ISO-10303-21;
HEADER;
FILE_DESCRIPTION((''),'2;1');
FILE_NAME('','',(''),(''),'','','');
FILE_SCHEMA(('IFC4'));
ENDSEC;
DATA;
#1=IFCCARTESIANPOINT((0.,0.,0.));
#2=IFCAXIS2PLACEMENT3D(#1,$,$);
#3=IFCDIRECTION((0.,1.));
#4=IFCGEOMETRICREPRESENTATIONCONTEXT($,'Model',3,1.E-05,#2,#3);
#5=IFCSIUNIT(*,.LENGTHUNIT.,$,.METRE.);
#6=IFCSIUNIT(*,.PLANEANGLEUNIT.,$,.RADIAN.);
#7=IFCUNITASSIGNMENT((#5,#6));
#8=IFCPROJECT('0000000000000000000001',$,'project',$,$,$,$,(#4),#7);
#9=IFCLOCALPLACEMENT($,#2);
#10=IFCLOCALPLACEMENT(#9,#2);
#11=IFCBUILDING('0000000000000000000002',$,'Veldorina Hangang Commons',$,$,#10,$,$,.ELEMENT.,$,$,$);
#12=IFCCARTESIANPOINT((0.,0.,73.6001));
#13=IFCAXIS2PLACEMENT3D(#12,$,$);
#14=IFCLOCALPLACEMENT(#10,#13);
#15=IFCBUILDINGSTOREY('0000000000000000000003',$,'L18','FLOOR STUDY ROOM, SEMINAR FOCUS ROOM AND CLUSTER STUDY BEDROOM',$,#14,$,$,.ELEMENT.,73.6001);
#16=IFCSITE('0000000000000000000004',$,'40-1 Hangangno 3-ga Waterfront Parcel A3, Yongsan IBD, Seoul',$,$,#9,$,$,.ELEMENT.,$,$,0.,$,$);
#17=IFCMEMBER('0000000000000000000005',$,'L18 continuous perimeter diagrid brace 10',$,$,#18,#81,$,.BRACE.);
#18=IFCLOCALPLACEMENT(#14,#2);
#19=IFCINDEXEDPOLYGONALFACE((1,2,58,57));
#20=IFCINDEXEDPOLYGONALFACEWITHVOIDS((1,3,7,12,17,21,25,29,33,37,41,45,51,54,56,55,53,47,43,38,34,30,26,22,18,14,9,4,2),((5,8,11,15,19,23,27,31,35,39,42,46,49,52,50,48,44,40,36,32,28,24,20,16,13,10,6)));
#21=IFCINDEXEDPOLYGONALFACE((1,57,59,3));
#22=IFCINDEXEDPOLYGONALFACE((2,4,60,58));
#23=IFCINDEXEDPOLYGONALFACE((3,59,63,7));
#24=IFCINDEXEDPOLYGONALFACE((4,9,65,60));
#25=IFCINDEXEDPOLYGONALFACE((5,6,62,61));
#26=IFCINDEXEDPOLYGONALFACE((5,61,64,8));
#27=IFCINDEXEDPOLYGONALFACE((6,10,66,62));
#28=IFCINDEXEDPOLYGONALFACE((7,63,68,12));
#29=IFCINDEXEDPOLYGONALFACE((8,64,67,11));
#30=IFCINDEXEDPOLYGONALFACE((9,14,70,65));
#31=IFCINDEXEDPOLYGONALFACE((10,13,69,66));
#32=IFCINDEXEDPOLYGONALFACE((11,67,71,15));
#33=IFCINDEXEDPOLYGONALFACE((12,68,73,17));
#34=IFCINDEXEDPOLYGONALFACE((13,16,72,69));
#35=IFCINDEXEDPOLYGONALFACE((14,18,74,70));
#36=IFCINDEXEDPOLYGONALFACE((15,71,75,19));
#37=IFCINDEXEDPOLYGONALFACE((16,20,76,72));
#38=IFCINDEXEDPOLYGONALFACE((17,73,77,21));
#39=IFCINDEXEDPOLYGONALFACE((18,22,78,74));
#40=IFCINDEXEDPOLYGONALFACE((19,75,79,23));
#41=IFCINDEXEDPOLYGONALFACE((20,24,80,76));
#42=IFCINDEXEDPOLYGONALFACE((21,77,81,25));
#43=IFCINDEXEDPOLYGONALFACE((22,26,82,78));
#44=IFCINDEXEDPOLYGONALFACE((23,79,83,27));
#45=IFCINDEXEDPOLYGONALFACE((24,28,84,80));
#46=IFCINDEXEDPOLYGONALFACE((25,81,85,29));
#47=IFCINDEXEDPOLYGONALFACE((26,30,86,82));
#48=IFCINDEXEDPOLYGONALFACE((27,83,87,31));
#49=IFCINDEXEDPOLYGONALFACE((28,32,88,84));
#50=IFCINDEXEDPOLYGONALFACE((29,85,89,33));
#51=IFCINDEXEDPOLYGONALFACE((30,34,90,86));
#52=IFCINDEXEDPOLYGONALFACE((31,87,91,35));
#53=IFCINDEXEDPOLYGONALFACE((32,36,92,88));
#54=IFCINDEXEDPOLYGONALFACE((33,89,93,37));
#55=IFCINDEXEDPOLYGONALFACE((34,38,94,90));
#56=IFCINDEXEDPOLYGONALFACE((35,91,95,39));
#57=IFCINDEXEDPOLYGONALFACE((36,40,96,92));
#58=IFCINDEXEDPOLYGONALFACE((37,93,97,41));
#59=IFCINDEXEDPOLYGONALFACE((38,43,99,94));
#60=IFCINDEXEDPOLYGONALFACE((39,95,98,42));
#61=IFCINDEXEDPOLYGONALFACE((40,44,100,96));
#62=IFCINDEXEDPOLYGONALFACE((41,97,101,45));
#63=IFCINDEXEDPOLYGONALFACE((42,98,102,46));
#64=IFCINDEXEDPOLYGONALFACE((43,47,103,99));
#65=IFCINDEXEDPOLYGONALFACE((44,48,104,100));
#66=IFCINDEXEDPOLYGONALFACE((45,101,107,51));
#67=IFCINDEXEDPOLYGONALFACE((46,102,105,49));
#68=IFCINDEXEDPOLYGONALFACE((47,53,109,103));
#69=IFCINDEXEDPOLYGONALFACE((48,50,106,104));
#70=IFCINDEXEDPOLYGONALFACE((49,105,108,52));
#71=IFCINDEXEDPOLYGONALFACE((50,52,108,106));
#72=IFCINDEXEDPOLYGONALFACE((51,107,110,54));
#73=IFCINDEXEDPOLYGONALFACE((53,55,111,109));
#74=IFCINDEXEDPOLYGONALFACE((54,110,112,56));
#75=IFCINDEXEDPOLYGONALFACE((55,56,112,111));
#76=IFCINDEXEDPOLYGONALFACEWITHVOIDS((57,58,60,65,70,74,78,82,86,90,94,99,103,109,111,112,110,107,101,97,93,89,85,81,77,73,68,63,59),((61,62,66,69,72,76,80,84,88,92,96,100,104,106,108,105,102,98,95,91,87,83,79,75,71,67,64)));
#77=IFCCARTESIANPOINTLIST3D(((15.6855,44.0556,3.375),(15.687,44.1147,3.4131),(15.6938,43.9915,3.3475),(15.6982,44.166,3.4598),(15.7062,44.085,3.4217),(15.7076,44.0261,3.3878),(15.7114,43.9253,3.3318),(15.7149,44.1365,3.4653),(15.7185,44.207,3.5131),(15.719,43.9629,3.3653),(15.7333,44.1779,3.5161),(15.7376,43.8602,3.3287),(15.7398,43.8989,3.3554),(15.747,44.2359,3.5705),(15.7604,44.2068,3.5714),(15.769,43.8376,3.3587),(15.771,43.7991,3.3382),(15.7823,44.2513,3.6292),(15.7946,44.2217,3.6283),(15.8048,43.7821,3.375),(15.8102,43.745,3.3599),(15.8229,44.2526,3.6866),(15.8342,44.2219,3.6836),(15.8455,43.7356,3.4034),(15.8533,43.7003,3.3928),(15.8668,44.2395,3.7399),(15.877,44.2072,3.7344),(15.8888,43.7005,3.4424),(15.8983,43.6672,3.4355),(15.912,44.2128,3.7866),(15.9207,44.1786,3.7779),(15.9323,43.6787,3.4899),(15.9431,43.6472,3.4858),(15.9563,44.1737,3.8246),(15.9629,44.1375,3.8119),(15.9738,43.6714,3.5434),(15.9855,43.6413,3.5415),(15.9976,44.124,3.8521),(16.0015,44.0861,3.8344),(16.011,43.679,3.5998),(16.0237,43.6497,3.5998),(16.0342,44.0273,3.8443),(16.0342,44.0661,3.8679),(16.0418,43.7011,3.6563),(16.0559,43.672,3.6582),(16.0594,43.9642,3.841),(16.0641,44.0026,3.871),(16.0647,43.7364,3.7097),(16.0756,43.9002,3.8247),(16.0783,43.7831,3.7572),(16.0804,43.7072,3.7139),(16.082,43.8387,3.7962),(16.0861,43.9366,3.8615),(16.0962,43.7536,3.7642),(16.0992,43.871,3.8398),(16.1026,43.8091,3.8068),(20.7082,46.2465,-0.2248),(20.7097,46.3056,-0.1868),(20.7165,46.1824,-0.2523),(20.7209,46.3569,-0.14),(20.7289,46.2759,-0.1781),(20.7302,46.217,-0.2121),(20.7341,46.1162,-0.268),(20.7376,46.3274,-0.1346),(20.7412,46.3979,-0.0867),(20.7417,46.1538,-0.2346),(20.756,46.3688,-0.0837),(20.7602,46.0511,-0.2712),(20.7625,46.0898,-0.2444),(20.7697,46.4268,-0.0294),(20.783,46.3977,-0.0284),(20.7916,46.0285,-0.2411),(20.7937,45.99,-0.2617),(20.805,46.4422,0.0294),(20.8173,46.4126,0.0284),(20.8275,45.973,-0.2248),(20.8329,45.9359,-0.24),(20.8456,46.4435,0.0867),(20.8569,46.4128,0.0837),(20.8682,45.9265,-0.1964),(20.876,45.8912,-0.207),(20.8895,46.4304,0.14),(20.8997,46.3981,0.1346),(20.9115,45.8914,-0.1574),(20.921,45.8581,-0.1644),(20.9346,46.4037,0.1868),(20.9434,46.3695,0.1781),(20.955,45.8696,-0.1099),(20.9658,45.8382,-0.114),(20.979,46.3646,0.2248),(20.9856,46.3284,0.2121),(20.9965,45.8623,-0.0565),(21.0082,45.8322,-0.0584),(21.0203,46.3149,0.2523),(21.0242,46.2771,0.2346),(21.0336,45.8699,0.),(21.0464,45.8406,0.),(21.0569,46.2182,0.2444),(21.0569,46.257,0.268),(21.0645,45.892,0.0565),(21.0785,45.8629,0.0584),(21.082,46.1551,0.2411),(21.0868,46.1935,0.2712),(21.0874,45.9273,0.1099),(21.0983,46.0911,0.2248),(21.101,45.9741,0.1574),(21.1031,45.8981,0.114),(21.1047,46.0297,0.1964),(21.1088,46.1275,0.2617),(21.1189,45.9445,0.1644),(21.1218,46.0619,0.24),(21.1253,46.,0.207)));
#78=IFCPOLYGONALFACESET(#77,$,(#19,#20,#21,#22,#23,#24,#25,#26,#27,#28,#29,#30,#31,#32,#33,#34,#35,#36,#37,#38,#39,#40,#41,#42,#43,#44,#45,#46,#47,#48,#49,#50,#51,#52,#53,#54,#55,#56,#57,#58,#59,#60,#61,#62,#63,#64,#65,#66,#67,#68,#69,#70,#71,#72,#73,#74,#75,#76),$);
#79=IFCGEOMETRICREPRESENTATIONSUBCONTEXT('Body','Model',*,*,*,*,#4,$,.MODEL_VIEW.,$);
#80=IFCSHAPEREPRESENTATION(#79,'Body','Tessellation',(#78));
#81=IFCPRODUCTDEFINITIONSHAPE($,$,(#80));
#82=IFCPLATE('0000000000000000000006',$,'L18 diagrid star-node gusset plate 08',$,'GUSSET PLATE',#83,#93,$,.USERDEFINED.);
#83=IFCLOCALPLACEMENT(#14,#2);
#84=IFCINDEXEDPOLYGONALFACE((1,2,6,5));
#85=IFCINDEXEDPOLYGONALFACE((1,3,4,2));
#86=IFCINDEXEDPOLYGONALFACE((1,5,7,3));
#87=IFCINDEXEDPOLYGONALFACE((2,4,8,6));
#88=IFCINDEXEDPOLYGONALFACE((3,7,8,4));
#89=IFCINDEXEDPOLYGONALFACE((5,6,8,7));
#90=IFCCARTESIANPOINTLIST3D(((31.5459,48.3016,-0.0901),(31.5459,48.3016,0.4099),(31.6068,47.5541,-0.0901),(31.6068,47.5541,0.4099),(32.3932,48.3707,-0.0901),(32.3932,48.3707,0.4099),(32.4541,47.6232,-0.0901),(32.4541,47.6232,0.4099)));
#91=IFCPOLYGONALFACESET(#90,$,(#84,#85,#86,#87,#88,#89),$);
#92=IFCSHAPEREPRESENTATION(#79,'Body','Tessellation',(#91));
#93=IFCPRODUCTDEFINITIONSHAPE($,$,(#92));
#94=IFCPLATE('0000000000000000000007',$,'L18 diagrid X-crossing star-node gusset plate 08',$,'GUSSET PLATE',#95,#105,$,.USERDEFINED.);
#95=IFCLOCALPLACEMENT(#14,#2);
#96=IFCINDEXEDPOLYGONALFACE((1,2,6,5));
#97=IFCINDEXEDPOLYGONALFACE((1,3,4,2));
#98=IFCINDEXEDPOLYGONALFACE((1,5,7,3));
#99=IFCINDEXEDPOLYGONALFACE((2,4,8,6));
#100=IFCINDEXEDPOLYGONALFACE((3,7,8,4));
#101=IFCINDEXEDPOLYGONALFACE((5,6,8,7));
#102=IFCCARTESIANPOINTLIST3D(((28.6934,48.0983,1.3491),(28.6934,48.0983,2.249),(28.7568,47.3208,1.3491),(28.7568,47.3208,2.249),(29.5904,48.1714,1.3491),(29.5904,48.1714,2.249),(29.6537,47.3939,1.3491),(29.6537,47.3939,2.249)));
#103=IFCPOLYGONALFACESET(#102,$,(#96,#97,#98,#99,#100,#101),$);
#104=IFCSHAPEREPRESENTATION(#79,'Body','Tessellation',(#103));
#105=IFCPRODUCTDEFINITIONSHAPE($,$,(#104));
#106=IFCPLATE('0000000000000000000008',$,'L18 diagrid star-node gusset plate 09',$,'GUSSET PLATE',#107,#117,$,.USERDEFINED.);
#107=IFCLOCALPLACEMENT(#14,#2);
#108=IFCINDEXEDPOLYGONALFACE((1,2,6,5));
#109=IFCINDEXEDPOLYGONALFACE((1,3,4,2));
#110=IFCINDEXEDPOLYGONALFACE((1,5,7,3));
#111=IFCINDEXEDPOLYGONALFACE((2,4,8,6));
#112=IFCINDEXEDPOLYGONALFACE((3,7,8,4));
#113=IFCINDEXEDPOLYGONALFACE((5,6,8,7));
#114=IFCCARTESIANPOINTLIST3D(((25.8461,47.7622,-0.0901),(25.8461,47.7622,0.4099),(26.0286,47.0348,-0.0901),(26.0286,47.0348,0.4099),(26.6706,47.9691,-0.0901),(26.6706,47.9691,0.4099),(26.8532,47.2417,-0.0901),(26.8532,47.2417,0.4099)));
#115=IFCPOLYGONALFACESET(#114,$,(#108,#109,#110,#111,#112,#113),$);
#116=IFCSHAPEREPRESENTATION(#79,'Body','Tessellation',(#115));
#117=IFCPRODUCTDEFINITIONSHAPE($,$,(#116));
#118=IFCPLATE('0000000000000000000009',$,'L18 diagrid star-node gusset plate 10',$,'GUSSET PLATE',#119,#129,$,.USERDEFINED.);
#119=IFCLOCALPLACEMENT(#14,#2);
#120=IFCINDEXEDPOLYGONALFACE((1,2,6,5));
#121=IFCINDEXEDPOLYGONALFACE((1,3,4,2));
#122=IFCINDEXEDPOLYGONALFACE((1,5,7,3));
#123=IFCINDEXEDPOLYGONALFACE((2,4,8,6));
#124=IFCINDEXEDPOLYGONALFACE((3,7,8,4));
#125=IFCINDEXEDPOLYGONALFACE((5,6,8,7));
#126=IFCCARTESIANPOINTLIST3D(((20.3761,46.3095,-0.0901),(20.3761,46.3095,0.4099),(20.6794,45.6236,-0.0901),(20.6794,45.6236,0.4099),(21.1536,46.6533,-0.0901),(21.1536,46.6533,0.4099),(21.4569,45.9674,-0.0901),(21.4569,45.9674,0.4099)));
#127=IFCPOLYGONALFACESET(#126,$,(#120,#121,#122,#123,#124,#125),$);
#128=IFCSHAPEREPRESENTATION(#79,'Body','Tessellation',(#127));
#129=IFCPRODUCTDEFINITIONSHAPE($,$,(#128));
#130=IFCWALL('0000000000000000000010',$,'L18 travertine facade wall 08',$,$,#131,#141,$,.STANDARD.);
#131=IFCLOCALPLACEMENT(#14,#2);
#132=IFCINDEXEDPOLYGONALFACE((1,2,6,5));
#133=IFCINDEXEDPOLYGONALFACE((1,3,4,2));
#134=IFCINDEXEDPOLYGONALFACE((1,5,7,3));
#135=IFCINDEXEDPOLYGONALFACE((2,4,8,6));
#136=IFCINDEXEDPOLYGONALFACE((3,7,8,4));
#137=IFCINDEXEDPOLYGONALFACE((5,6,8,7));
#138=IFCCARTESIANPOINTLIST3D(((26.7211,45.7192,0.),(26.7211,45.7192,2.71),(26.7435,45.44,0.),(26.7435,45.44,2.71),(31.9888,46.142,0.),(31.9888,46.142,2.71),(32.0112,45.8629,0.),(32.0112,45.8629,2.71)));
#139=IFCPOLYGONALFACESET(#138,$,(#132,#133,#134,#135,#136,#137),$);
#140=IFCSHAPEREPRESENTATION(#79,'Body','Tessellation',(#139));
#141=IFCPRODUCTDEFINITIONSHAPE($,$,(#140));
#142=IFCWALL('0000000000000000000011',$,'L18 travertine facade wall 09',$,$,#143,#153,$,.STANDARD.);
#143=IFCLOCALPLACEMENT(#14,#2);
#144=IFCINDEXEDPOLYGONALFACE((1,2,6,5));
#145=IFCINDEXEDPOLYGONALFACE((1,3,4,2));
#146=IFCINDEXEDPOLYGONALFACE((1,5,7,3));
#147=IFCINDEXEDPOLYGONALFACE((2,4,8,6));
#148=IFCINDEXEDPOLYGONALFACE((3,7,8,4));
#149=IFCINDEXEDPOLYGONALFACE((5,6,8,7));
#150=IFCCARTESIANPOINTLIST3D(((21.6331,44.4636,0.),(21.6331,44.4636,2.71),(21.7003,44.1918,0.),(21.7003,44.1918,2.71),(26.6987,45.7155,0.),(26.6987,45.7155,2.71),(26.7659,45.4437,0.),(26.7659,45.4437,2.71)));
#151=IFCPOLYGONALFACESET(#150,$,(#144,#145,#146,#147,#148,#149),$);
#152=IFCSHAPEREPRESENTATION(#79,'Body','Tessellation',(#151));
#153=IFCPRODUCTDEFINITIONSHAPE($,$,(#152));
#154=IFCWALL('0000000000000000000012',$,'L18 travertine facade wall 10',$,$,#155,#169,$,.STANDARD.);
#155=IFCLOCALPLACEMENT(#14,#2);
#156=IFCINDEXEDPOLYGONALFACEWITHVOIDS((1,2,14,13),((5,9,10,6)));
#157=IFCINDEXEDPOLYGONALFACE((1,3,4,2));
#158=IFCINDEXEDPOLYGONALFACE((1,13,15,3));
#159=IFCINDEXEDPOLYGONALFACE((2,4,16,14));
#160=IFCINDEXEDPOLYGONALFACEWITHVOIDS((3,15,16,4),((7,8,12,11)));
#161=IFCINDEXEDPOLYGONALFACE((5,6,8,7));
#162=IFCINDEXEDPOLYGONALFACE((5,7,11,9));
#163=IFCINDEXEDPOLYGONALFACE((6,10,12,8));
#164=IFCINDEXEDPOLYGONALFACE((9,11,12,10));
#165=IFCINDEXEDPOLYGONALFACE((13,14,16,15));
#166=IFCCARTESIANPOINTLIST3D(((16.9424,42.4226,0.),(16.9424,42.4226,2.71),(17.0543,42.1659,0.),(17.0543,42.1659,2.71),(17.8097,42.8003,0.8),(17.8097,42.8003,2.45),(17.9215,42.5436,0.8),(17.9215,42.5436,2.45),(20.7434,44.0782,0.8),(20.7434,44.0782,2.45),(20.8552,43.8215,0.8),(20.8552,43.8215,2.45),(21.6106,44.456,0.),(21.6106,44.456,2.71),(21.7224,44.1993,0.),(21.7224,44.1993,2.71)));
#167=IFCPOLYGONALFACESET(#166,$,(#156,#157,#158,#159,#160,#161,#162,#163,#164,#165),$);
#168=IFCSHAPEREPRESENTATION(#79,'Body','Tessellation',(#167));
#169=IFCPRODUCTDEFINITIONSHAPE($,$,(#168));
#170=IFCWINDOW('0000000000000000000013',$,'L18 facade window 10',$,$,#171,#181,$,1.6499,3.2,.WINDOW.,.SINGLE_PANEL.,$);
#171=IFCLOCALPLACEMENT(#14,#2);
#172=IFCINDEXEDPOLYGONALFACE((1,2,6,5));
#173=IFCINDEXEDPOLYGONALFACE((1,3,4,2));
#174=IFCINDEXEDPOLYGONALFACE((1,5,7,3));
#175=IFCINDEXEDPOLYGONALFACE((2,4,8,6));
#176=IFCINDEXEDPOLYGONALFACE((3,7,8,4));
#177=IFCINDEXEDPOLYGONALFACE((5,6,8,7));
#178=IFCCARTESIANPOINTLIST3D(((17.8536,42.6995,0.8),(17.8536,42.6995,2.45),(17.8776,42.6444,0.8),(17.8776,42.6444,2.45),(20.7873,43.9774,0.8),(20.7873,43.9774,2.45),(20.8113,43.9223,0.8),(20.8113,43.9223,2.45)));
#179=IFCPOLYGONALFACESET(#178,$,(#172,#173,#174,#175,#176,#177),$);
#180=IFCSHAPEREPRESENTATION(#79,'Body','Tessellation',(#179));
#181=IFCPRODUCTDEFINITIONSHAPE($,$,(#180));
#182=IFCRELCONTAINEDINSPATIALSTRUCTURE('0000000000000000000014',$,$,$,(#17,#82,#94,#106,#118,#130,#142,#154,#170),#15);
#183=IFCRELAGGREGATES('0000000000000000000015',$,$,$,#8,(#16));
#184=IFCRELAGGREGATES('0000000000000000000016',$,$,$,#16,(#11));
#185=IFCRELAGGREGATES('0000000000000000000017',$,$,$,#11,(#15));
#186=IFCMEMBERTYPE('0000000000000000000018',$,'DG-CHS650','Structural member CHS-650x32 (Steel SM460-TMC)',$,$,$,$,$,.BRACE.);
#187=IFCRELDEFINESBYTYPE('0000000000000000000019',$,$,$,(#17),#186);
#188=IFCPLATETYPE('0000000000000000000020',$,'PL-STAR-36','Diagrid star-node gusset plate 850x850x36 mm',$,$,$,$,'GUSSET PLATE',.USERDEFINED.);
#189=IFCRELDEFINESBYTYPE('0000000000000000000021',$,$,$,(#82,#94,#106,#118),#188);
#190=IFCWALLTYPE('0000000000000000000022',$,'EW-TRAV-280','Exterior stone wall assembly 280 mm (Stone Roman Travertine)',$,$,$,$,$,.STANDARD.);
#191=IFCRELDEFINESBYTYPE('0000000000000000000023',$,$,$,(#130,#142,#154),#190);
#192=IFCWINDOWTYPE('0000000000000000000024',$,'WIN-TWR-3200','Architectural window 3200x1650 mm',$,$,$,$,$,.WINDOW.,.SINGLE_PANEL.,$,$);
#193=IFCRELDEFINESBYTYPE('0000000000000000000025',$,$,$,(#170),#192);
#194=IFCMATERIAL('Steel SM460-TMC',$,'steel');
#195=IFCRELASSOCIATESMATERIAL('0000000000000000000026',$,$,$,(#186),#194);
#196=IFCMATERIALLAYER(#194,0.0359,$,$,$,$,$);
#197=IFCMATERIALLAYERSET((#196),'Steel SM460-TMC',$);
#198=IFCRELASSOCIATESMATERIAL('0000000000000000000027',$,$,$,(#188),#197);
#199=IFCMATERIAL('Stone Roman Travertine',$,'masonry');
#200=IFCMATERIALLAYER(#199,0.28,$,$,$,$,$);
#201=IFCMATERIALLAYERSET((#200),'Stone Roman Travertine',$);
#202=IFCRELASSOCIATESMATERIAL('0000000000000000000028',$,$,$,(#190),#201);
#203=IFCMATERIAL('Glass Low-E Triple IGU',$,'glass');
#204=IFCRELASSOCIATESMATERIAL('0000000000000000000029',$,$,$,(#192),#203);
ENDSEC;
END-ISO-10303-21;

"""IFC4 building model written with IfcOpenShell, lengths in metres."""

from ifc_helpers import new_model, si_unit, direction, frame, frame_2d, origin, origin_2d, place, context, subcontext, project, spatial, rectangle, hollow_circle, extrude, material, layer, layer_set, material_profile, profile_set, type_object, element, fill, save


model = new_model("IFC4")

# Units and contexts
model_context = context("Model", 3, precision=1e-05, world=origin(), true_north=direction((0.0, 1.0)))
body_context = subcontext(model_context, "Body", "Model", "MODEL_VIEW")
ifc_project = project(units=[si_unit("LENGTHUNIT", "METRE"), si_unit("PLANEANGLEUNIT", "RADIAN")], contexts=[model_context])

# Site, building, storey
site_placement = place(None, origin())
site = spatial("IfcSite", under=ifc_project, at=site_placement, Name="40-1 Hangangno 3-ga Waterfront Parcel A3, Yongsan IBD, Seoul", CompositionType="ELEMENT", RefElevation=0.0)
building_placement = place(site_placement, origin())
building = spatial("IfcBuilding", under=site, at=building_placement, Name="Veldorina Hangang Commons", CompositionType="ELEMENT")
storey_placement = place(building_placement, frame((0.0, 0.0, 73.6001)))
storey = spatial("IfcBuildingStorey", under=building, at=storey_placement, Name="L18", Description="FLOOR STUDY ROOM, SEMINAR FOCUS ROOM AND CLUSTER STUDY BEDROOM", CompositionType="ELEMENT", Elevation=73.6001)

# Member
ifc_material_1 = material(Name="Steel SM460-TMC", Category="steel")
ifc_material_profile_1 = material_profile(ifc_material_1, hollow_circle(Radius=0.325, WallThickness=0.032, at=origin_2d()), Name="CHS-650x32")
ifc_profile_set_1 = profile_set([ifc_material_profile_1], Name="Steel SM460-TMC")
member_type = type_object("IfcMemberType", Name="DG-CHS650", Description="Structural member CHS-650x32 (Steel SM460-TMC)", PredefinedType="BRACE", material=ifc_profile_set_1)
member_1_placement = place(storey_placement, frame((20.9165, 46.1384, 0.0), z_axis=(-0.766074, -0.334164, 0.549058), x_axis=(0.399821, -0.916593, 0.0)))
element("IfcMember", 1, at=member_1_placement, inside=storey, type_object=member_type, Name="L18 continuous perimeter diagrid brace 10", PredefinedType="BRACE", context=body_context, shape_type="SweptSolid", body=[
    extrude(hollow_circle(Radius=0.325, WallThickness=0.032, at=origin_2d()), origin(), (0.0, 0.0, 1.0), 6.5564),
])

# Plates
ifc_layer_1 = layer(ifc_material_1, 0.0359)
ifc_layer_set_1 = layer_set([ifc_layer_1], Name="Steel SM460-TMC")
plate_type = type_object("IfcPlateType", Name="PL-STAR-36", Description="Diagrid star-node gusset plate 850x850x36 mm", ElementType="GUSSET PLATE", PredefinedType="USERDEFINED", material=ifc_layer_set_1)
plate_1_placement = place(storey_placement, frame((32.0, 47.9624, -0.0901), z_axis=(0.0, 0.0, 1.0), x_axis=(-0.996697, -0.081208, 0.0)))
element("IfcPlate", 2, at=plate_1_placement, inside=storey, type_object=plate_type, Name="L18 diagrid star-node gusset plate 08", ObjectType="GUSSET PLATE", PredefinedType="USERDEFINED", context=body_context, shape_type="SweptSolid", body=[
    extrude(rectangle(XDim=0.8501, YDim=0.75, at=origin_2d()), origin(), (0.0, 0.0, 1.0), 0.5),
])
plate_2_placement = place(storey_placement, frame((29.1736, 47.7461, 1.3491), z_axis=(0.0, 0.0, 1.0), x_axis=(-0.996697, -0.081208, 0.0)))
element("IfcPlate", 3, at=plate_2_placement, inside=storey, type_object=plate_type, Name="L18 diagrid X-crossing star-node gusset plate 08", ObjectType="GUSSET PLATE", PredefinedType="USERDEFINED", context=body_context, shape_type="SweptSolid", body=[
    extrude(rectangle(XDim=0.8999, YDim=0.78, at=origin_2d()), origin(), (0.0, 0.0, 1.0), 0.8999),
])
for number, where, z_axis, x_axis, name in (
    (4, (26.3496, 47.502, -0.0901), (0.0, 0.0, 1.0), (-0.969919, -0.243429, 0.0), "L18 diagrid star-node gusset plate 09"),
    (5, (20.9165, 46.1384, -0.0901), (0.0, 0.0, 1.0), (-0.914558, -0.404455, 0.0), "L18 diagrid star-node gusset plate 10"),
):
    element("IfcPlate", number, at=place(storey_placement, frame(where, z_axis=z_axis, x_axis=x_axis)), inside=storey, type_object=plate_type, Name=name, ObjectType="GUSSET PLATE", PredefinedType="USERDEFINED", context=body_context, shape_type="SweptSolid", body=[
        extrude(rectangle(XDim=0.8501, YDim=0.75, at=origin_2d()), origin(), (0.0, 0.0, 1.0), 0.5),
    ])

# Walls
ifc_material_2 = material(Name="Stone Roman Travertine", Category="masonry")
ifc_layer_2 = layer(ifc_material_2, 0.28)
ifc_layer_set_2 = layer_set([ifc_layer_2], Name="Stone Roman Travertine")
wall_type_1 = type_object("IfcWallType", Name="EW-TRAV-280", Description="Exterior stone wall assembly 280 mm (Stone Roman Travertine)", PredefinedType="STANDARD", material=ifc_layer_set_2)
wall_1_placement = place(storey_placement, frame((32.0, 46.0024, 0.0), z_axis=(0.0, 0.0, 1.0), x_axis=(-0.996794, -0.080013, 0.0)))
element("IfcWall", 6, at=wall_1_placement, inside=storey, type_object=wall_type_1, Name="L18 travertine facade wall 08", PredefinedType="STANDARD", context=body_context, shape_type="SweptSolid", body=[
    extrude(rectangle(XDim=5.2847, YDim=0.28, at=frame_2d((2.6423, 0.0))), origin(), (0.0, 0.0, 1.0), 2.71),
])
wall_2_placement = place(storey_placement, frame((26.7322, 45.5796, 0.0), z_axis=(0.0, 0.0, 1.0), x_axis=(-0.970791, -0.239926, 0.0)))
element("IfcWall", 7, at=wall_2_placement, inside=storey, type_object=wall_type_1, Name="L18 travertine facade wall 09", PredefinedType="STANDARD", context=body_context, shape_type="SweptSolid", body=[
    extrude(rectangle(XDim=5.218, YDim=0.28, at=frame_2d((2.6089, 0.0))), origin(), (0.0, 0.0, 1.0), 2.71),
])

# Wall, opening, window
wall_3_placement = place(storey_placement, frame((21.6665, 44.3276, 0.0), z_axis=(0.0, 0.0, 1.0), x_axis=(-0.916798, -0.399352, 0.0)))
wall_3 = element("IfcWall", 8, at=wall_3_placement, inside=storey, type_object=wall_type_1, Name="L18 travertine facade wall 10", PredefinedType="STANDARD", context=body_context, shape_type="SweptSolid", body=[
    extrude(rectangle(XDim=5.0918, YDim=0.28, at=frame_2d((2.5459, 0.0))), origin(), (0.0, 0.0, 1.0), 2.71),
])
opening_1_placement = place(wall_3_placement, frame((0.9458, 0.0, 0.8)))
opening_1 = element("IfcOpeningElement", 9, at=opening_1_placement, cuts=wall_3, PredefinedType="OPENING", context=body_context, shape_type="SweptSolid", body=[
    extrude(rectangle(XDim=3.2, YDim=1.6499, at=frame_2d((1.6001, 0.825))), frame((0.0, 0.1499, 0.0), z_axis=(0.0, -1.0, 0.0), x_axis=(1.0, 0.0, 0.0)), (0.0, 0.0, 1.0), 0.3),
])
ifc_material_3 = material(Name="Glass Low-E Triple IGU", Category="glass")
window_type = type_object("IfcWindowType", Name="WIN-TWR-3200", Description="Architectural window 3200x1650 mm", PartitioningType="SINGLE_PANEL", PredefinedType="WINDOW", material=ifc_material_3)
window_placement = place(opening_1_placement, origin())
window = element("IfcWindow", 10, at=window_placement, inside=storey, type_object=window_type, Name="L18 facade window 10", OverallHeight=1.6499, OverallWidth=3.2, PartitioningType="SINGLE_PANEL", PredefinedType="WINDOW", context=body_context, shape_type="SweptSolid", body=[
    extrude(rectangle(XDim=3.2, YDim=1.6499, at=frame_2d((1.6001, 0.825))), frame((0.0, 0.03, 0.0), z_axis=(0.0, -1.0, 0.0), x_axis=(1.0, 0.0, 0.0)), (0.0, 0.0, 1.0), 0.0601),
])
fill(opening_1, window)

save(model, "model.ifc")
